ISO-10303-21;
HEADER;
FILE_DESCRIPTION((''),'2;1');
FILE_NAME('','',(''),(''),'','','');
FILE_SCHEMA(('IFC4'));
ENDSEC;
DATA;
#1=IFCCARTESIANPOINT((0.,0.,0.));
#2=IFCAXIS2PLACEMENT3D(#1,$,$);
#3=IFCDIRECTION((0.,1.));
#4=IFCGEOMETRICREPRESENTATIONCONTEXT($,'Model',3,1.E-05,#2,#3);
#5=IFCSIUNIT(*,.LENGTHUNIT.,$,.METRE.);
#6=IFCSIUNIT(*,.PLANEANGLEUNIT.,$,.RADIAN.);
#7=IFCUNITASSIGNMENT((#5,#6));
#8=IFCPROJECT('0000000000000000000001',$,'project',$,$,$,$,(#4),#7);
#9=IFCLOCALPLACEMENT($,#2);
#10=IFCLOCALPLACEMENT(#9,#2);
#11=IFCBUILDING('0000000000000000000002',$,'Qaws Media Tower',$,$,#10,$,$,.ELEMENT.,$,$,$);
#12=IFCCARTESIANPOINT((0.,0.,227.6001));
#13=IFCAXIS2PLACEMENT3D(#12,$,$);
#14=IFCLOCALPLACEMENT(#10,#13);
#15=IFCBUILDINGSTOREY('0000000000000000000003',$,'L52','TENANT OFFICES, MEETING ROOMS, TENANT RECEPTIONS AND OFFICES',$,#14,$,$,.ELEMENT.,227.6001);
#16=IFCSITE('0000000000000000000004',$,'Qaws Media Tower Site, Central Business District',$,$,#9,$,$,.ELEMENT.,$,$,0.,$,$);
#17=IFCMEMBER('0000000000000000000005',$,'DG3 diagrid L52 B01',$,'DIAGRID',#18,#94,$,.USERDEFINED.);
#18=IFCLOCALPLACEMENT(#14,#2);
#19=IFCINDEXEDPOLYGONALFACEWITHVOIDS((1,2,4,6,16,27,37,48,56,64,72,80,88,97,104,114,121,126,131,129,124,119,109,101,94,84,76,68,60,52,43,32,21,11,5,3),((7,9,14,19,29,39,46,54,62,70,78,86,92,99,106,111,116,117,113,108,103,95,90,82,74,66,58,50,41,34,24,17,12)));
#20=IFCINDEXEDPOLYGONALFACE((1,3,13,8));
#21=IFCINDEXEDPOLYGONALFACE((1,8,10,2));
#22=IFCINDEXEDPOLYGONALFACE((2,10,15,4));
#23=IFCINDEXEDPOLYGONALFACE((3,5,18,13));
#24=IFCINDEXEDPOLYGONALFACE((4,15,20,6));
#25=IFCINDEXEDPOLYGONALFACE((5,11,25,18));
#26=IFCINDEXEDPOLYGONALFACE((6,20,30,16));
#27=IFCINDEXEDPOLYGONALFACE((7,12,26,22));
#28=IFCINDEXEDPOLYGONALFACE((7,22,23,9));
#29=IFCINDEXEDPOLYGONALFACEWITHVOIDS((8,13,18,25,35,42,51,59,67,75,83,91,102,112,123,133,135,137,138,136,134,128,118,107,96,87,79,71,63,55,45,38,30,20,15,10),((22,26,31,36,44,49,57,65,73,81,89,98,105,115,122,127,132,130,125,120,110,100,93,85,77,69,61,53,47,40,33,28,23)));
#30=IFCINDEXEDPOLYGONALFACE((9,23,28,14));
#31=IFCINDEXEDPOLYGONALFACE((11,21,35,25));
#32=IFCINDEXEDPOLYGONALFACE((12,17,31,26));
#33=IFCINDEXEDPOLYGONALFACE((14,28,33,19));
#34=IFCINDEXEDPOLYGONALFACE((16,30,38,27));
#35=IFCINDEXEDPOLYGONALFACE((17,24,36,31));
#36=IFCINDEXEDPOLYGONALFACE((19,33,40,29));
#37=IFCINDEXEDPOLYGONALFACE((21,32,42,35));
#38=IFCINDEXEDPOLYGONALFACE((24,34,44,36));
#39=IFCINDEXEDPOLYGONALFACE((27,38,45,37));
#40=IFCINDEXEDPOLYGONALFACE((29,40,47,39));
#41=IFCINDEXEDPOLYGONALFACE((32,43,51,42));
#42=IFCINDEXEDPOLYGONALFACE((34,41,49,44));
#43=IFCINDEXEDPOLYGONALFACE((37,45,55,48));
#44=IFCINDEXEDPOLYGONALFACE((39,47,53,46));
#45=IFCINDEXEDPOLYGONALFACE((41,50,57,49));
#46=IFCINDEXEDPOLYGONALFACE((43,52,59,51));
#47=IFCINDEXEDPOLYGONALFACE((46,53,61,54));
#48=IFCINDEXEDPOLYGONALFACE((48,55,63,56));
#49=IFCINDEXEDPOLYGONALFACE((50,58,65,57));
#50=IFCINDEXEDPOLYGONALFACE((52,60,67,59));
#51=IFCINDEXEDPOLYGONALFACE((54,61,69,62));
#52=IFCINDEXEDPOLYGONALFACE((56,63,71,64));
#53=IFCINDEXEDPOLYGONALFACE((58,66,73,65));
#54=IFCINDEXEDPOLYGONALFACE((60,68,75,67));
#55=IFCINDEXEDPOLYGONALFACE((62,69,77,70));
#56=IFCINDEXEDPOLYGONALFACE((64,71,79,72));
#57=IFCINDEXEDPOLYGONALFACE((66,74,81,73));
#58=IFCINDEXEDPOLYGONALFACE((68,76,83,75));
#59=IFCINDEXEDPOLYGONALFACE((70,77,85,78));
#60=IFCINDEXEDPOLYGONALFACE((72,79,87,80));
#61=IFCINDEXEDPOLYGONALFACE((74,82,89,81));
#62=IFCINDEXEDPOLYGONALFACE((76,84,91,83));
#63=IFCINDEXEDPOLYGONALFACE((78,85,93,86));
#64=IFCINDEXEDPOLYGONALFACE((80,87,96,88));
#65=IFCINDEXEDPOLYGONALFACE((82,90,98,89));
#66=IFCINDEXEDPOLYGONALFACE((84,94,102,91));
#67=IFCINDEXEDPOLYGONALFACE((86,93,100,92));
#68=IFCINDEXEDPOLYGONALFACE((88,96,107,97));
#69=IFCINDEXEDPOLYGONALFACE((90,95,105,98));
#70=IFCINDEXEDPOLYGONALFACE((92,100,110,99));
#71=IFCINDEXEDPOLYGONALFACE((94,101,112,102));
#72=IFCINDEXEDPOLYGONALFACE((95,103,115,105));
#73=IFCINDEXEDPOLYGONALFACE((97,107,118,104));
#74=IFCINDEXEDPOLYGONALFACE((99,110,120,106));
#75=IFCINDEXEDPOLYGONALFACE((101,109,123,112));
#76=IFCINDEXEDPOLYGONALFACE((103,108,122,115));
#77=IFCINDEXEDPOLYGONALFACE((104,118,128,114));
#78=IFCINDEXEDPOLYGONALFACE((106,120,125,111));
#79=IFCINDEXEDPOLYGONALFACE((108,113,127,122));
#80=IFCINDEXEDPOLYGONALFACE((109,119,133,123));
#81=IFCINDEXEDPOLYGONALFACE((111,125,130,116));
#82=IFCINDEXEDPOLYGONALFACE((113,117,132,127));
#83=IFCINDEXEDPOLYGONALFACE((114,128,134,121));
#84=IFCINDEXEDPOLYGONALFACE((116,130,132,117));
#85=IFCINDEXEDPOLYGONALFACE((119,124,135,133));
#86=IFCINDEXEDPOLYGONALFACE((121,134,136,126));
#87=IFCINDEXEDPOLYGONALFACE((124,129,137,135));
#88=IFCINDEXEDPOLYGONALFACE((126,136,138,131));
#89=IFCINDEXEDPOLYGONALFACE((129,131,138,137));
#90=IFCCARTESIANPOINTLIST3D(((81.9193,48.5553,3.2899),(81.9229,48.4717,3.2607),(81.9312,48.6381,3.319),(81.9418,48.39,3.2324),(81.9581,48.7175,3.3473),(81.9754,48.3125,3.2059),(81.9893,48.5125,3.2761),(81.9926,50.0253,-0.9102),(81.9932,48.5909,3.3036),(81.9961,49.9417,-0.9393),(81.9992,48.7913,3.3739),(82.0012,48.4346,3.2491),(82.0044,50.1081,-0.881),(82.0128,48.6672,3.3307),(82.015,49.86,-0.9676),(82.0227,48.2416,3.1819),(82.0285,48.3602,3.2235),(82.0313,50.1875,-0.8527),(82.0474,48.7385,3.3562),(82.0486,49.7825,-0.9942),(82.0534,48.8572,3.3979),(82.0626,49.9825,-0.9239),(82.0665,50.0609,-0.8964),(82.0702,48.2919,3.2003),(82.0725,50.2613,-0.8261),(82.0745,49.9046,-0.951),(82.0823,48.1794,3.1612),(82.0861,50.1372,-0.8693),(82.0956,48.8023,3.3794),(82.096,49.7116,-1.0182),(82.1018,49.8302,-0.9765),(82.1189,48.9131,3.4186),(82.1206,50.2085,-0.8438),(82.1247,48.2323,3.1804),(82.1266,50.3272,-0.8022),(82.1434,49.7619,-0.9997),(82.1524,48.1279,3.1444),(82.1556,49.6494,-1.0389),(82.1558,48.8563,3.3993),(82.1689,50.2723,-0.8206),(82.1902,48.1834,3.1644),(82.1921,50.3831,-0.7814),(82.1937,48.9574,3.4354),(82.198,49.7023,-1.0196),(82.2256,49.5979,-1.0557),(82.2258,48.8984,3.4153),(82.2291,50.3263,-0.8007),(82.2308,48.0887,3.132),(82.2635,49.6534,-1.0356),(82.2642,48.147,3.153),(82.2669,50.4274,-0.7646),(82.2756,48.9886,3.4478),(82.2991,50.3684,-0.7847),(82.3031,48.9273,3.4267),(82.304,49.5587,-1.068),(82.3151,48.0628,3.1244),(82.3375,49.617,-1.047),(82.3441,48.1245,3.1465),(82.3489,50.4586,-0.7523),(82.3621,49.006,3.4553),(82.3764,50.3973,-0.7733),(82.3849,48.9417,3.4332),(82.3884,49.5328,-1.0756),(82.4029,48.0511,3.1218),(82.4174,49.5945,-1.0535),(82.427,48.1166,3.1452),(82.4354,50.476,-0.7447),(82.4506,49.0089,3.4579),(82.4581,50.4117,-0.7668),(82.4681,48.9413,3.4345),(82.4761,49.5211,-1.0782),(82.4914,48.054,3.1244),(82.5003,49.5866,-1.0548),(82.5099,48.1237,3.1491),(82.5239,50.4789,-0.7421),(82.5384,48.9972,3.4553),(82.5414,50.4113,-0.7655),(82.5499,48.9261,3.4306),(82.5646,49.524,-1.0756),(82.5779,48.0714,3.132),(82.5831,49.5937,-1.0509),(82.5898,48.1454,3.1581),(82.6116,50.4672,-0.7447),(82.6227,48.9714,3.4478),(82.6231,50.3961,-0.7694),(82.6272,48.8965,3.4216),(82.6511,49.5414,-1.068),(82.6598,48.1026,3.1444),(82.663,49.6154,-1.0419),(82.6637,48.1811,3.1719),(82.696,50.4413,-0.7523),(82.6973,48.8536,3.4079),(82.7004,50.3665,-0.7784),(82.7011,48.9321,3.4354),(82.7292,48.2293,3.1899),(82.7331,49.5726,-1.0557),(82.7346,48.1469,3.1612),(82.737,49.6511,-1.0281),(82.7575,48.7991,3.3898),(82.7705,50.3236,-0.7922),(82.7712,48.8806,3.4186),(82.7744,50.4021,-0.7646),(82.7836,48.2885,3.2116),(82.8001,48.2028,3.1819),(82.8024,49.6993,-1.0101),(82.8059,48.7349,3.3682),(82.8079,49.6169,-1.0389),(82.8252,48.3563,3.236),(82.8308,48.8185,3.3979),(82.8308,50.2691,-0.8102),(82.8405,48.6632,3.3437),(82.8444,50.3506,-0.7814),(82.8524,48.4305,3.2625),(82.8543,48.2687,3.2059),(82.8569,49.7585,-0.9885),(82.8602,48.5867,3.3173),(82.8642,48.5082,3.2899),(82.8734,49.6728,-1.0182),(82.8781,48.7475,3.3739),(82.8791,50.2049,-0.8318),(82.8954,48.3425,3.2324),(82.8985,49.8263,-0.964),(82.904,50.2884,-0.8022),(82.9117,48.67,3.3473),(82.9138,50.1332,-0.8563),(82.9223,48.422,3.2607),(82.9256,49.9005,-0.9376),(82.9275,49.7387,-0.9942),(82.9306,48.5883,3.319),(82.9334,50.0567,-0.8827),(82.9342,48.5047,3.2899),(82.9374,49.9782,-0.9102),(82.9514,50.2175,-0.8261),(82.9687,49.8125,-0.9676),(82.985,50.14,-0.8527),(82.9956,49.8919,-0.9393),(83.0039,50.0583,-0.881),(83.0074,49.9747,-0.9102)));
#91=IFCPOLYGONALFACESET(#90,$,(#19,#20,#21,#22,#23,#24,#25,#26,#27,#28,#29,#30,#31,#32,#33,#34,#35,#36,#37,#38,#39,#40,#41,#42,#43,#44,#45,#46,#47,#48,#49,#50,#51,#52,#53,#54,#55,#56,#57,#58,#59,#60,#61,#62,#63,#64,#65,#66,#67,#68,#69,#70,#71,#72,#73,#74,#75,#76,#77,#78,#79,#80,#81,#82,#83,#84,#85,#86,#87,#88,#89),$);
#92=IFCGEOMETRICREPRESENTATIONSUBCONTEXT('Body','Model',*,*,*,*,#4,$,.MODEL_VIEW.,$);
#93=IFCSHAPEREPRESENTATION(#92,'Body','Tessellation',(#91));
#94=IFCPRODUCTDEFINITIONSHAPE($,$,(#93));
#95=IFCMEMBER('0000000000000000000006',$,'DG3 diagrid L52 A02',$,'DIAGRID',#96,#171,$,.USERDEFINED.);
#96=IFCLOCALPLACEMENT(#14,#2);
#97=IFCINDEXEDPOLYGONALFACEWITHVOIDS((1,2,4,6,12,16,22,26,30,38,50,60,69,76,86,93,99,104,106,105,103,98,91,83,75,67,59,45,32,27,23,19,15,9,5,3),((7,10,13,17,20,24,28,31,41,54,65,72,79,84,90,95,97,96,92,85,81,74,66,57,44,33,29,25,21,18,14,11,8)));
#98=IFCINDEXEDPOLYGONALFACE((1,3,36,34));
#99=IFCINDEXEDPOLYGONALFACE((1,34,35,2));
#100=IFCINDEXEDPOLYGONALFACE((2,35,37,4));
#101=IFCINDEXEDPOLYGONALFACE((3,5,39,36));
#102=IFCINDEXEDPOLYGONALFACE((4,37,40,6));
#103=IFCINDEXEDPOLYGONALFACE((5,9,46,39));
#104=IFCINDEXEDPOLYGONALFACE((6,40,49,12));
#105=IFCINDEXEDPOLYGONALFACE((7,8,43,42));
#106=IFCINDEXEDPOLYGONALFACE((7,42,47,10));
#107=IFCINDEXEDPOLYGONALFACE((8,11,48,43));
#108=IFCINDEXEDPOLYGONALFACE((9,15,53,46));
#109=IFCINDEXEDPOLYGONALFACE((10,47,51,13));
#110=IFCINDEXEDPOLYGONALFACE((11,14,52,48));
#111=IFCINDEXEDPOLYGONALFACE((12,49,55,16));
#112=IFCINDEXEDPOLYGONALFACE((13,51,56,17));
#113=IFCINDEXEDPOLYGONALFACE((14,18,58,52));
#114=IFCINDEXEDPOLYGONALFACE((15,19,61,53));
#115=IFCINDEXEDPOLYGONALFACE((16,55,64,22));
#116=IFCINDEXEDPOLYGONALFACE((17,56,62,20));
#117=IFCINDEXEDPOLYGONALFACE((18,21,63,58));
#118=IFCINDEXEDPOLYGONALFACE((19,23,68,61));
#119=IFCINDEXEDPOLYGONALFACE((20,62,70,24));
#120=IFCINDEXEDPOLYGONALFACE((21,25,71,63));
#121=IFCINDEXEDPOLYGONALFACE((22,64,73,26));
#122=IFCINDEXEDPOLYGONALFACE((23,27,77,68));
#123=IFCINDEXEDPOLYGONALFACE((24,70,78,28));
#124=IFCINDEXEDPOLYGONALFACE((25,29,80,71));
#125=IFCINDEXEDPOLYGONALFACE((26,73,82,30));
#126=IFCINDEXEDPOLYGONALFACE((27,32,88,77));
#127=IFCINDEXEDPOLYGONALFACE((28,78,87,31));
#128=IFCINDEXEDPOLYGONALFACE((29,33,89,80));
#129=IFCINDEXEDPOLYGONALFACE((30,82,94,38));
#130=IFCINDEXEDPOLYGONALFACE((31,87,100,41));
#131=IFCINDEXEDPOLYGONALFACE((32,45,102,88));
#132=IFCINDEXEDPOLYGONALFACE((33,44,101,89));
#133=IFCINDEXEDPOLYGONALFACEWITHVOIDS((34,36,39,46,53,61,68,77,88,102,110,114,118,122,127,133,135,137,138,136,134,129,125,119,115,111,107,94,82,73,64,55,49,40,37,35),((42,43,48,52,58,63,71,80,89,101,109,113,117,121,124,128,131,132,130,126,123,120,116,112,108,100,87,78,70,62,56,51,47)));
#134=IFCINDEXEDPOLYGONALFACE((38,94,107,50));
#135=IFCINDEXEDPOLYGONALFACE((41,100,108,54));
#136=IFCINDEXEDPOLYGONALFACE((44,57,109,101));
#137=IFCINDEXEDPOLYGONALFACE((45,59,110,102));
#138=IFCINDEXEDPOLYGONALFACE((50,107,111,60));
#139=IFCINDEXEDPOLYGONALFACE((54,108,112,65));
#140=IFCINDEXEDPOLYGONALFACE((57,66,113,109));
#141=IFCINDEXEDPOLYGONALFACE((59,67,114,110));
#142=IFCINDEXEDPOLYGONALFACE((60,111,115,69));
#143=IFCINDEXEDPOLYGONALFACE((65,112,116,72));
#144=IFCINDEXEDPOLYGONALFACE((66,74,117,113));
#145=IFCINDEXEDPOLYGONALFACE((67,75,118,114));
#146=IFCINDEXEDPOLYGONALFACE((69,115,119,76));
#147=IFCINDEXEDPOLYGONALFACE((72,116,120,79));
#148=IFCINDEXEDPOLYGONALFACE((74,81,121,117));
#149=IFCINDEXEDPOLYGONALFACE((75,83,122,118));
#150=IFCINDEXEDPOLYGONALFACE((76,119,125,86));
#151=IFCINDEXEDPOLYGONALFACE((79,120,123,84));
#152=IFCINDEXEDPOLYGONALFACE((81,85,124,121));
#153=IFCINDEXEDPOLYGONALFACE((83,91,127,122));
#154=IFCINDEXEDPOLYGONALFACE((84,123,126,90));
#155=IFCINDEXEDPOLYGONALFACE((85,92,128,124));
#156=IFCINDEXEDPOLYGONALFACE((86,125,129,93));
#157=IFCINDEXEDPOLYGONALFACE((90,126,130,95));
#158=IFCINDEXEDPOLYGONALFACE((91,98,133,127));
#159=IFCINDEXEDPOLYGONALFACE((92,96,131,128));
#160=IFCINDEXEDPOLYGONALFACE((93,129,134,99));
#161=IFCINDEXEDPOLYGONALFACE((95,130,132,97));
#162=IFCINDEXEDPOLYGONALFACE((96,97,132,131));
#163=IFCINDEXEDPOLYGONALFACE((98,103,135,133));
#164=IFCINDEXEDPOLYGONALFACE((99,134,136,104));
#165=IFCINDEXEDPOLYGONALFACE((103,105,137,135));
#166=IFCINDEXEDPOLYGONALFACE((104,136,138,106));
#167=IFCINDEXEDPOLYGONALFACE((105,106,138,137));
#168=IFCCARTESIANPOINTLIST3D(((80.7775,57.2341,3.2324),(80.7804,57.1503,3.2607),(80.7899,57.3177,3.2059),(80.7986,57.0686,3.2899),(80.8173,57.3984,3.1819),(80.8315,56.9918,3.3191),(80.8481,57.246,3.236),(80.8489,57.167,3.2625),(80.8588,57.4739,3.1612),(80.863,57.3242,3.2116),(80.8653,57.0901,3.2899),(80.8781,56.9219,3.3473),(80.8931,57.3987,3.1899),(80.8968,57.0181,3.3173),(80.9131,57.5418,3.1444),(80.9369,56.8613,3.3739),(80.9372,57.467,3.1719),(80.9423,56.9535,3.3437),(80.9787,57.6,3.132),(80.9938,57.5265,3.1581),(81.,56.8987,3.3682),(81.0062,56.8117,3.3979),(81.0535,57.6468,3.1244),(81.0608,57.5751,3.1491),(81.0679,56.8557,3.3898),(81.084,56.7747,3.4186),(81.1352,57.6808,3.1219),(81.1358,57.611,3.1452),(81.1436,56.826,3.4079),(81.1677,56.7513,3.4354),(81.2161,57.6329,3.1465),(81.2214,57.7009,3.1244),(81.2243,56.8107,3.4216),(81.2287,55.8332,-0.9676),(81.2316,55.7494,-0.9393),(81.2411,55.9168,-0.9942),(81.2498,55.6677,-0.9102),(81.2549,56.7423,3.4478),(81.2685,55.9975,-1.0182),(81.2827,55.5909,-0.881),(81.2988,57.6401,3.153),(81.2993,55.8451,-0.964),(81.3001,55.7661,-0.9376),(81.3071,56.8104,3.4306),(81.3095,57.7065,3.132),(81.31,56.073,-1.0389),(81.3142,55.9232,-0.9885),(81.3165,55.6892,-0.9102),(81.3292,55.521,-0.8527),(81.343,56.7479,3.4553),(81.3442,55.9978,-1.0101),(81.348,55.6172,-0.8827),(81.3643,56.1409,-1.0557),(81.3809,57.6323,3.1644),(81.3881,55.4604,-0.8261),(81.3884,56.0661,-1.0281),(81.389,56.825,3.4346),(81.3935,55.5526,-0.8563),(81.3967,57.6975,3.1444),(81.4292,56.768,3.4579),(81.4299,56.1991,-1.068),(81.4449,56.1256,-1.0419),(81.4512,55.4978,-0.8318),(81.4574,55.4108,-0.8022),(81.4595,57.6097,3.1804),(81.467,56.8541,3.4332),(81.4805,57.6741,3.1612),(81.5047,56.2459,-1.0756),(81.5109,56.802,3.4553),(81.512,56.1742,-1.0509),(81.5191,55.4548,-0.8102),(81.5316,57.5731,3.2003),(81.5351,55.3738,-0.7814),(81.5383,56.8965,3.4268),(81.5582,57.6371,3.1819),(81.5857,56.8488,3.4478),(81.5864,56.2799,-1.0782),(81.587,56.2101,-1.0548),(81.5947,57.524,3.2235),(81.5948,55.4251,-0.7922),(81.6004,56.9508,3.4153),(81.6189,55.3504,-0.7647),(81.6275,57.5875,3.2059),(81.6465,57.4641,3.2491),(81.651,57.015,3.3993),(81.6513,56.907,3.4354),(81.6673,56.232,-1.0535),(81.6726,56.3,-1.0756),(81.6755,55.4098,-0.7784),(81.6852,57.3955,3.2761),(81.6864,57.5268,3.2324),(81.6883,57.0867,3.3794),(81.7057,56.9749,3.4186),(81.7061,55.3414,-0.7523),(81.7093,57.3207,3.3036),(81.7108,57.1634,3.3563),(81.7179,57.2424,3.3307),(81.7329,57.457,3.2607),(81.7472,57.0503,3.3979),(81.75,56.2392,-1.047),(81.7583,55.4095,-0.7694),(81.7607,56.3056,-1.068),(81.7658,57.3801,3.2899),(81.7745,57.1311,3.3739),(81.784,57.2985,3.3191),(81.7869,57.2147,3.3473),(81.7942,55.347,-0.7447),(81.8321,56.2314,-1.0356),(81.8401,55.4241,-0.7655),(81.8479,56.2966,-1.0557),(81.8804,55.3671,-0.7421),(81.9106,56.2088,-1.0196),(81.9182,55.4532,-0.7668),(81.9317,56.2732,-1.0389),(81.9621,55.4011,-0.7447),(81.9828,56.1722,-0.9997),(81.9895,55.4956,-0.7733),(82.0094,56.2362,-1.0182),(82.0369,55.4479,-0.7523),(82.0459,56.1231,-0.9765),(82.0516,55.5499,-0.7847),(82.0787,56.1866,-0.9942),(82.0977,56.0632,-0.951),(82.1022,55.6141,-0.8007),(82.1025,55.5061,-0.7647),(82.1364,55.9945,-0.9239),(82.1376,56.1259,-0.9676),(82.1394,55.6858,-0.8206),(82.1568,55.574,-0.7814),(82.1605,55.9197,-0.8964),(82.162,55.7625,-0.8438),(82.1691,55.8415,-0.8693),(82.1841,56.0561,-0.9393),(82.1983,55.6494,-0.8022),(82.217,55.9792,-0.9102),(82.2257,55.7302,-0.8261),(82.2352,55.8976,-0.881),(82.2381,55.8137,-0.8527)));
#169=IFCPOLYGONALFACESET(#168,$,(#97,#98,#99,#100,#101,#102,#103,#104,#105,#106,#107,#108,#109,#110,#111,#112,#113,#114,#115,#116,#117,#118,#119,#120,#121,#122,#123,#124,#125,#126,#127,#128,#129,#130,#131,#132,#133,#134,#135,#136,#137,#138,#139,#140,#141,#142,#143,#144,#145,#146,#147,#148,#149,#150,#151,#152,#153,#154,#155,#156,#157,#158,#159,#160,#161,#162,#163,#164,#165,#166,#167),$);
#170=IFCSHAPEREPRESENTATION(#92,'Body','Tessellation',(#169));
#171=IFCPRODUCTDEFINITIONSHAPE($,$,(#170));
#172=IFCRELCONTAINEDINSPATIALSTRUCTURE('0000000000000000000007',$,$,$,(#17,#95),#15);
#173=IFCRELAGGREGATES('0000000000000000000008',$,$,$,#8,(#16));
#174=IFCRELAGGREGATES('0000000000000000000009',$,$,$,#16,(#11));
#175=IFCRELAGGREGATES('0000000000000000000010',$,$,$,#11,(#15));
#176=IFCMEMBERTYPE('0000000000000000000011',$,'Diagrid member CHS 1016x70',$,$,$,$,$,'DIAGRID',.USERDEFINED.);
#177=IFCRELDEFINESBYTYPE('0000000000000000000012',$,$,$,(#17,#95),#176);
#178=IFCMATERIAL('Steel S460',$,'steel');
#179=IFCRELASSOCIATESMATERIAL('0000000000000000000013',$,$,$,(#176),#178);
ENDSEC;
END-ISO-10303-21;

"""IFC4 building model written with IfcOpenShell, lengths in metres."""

from ifc_helpers import new_model, si_unit, direction, frame, origin, origin_2d, place, context, subcontext, project, spatial, hollow_circle, extrude, material, material_profile, profile_set, type_object, element, save


model = new_model("IFC4")

# Units and contexts
model_context = context("Model", 3, precision=1e-05, world=origin(), true_north=direction((0.0, 1.0)))
body_context = subcontext(model_context, "Body", "Model", "MODEL_VIEW")
ifc_project = project(units=[si_unit("LENGTHUNIT", "METRE"), si_unit("PLANEANGLEUNIT", "RADIAN")], contexts=[model_context])

# Site, building, storey
site_placement = place(None, origin())
site = spatial("IfcSite", under=ifc_project, at=site_placement, Name="Qaws Media Tower Site, Central Business District", CompositionType="ELEMENT", RefElevation=0.0)
building_placement = place(site_placement, origin())
building = spatial("IfcBuilding", under=site, at=building_placement, Name="Qaws Media Tower", CompositionType="ELEMENT")
storey_placement = place(building_placement, frame((0.0, 0.0, 227.6001)))
storey = spatial("IfcBuildingStorey", under=building, at=storey_placement, Name="L52", Description="TENANT OFFICES, MEETING ROOMS, TENANT RECEPTIONS AND OFFICES", CompositionType="ELEMENT", Elevation=227.6001)

# Members
ifc_material_1 = material(Name="Steel S460", Category="steel")
ifc_material_profile_1 = material_profile(ifc_material_1, hollow_circle(Radius=0.5081, WallThickness=0.0701, at=origin_2d()), Name="CHS 1016x70")
ifc_profile_set_1 = profile_set([ifc_material_profile_1], Name="Steel S460")
member_type_1 = type_object("IfcMemberType", Name="Diagrid member CHS 1016x70", ElementType="DIAGRID", PredefinedType="USERDEFINED", material=ifc_profile_set_1)
for number, where, z_axis, x_axis, name in (
    (1, (82.5, 50.0, -0.9102), (-0.016458, -0.330303, 0.943731), (0.998761, -0.049764, 0.0), "DG3 diagrid L52 B01"),
    (2, (81.7334, 55.8235, -0.9102), (-0.101379, 0.31478, 0.943735), (-0.951852, -0.306557, 0.0), "DG3 diagrid L52 A02"),
):
    element("IfcMember", number, at=place(storey_placement, frame(where, z_axis=z_axis, x_axis=x_axis)), inside=storey, type_object=member_type_1, Name=name, ObjectType="DIAGRID", PredefinedType="USERDEFINED", context=body_context, shape_type="SweptSolid", body=[
        extrude(hollow_circle(Radius=0.5081, WallThickness=0.0701, at=origin_2d()), origin(), (0.0, 0.0, 1.0), 4.4504),
    ])

save(model, "model.ifc")
